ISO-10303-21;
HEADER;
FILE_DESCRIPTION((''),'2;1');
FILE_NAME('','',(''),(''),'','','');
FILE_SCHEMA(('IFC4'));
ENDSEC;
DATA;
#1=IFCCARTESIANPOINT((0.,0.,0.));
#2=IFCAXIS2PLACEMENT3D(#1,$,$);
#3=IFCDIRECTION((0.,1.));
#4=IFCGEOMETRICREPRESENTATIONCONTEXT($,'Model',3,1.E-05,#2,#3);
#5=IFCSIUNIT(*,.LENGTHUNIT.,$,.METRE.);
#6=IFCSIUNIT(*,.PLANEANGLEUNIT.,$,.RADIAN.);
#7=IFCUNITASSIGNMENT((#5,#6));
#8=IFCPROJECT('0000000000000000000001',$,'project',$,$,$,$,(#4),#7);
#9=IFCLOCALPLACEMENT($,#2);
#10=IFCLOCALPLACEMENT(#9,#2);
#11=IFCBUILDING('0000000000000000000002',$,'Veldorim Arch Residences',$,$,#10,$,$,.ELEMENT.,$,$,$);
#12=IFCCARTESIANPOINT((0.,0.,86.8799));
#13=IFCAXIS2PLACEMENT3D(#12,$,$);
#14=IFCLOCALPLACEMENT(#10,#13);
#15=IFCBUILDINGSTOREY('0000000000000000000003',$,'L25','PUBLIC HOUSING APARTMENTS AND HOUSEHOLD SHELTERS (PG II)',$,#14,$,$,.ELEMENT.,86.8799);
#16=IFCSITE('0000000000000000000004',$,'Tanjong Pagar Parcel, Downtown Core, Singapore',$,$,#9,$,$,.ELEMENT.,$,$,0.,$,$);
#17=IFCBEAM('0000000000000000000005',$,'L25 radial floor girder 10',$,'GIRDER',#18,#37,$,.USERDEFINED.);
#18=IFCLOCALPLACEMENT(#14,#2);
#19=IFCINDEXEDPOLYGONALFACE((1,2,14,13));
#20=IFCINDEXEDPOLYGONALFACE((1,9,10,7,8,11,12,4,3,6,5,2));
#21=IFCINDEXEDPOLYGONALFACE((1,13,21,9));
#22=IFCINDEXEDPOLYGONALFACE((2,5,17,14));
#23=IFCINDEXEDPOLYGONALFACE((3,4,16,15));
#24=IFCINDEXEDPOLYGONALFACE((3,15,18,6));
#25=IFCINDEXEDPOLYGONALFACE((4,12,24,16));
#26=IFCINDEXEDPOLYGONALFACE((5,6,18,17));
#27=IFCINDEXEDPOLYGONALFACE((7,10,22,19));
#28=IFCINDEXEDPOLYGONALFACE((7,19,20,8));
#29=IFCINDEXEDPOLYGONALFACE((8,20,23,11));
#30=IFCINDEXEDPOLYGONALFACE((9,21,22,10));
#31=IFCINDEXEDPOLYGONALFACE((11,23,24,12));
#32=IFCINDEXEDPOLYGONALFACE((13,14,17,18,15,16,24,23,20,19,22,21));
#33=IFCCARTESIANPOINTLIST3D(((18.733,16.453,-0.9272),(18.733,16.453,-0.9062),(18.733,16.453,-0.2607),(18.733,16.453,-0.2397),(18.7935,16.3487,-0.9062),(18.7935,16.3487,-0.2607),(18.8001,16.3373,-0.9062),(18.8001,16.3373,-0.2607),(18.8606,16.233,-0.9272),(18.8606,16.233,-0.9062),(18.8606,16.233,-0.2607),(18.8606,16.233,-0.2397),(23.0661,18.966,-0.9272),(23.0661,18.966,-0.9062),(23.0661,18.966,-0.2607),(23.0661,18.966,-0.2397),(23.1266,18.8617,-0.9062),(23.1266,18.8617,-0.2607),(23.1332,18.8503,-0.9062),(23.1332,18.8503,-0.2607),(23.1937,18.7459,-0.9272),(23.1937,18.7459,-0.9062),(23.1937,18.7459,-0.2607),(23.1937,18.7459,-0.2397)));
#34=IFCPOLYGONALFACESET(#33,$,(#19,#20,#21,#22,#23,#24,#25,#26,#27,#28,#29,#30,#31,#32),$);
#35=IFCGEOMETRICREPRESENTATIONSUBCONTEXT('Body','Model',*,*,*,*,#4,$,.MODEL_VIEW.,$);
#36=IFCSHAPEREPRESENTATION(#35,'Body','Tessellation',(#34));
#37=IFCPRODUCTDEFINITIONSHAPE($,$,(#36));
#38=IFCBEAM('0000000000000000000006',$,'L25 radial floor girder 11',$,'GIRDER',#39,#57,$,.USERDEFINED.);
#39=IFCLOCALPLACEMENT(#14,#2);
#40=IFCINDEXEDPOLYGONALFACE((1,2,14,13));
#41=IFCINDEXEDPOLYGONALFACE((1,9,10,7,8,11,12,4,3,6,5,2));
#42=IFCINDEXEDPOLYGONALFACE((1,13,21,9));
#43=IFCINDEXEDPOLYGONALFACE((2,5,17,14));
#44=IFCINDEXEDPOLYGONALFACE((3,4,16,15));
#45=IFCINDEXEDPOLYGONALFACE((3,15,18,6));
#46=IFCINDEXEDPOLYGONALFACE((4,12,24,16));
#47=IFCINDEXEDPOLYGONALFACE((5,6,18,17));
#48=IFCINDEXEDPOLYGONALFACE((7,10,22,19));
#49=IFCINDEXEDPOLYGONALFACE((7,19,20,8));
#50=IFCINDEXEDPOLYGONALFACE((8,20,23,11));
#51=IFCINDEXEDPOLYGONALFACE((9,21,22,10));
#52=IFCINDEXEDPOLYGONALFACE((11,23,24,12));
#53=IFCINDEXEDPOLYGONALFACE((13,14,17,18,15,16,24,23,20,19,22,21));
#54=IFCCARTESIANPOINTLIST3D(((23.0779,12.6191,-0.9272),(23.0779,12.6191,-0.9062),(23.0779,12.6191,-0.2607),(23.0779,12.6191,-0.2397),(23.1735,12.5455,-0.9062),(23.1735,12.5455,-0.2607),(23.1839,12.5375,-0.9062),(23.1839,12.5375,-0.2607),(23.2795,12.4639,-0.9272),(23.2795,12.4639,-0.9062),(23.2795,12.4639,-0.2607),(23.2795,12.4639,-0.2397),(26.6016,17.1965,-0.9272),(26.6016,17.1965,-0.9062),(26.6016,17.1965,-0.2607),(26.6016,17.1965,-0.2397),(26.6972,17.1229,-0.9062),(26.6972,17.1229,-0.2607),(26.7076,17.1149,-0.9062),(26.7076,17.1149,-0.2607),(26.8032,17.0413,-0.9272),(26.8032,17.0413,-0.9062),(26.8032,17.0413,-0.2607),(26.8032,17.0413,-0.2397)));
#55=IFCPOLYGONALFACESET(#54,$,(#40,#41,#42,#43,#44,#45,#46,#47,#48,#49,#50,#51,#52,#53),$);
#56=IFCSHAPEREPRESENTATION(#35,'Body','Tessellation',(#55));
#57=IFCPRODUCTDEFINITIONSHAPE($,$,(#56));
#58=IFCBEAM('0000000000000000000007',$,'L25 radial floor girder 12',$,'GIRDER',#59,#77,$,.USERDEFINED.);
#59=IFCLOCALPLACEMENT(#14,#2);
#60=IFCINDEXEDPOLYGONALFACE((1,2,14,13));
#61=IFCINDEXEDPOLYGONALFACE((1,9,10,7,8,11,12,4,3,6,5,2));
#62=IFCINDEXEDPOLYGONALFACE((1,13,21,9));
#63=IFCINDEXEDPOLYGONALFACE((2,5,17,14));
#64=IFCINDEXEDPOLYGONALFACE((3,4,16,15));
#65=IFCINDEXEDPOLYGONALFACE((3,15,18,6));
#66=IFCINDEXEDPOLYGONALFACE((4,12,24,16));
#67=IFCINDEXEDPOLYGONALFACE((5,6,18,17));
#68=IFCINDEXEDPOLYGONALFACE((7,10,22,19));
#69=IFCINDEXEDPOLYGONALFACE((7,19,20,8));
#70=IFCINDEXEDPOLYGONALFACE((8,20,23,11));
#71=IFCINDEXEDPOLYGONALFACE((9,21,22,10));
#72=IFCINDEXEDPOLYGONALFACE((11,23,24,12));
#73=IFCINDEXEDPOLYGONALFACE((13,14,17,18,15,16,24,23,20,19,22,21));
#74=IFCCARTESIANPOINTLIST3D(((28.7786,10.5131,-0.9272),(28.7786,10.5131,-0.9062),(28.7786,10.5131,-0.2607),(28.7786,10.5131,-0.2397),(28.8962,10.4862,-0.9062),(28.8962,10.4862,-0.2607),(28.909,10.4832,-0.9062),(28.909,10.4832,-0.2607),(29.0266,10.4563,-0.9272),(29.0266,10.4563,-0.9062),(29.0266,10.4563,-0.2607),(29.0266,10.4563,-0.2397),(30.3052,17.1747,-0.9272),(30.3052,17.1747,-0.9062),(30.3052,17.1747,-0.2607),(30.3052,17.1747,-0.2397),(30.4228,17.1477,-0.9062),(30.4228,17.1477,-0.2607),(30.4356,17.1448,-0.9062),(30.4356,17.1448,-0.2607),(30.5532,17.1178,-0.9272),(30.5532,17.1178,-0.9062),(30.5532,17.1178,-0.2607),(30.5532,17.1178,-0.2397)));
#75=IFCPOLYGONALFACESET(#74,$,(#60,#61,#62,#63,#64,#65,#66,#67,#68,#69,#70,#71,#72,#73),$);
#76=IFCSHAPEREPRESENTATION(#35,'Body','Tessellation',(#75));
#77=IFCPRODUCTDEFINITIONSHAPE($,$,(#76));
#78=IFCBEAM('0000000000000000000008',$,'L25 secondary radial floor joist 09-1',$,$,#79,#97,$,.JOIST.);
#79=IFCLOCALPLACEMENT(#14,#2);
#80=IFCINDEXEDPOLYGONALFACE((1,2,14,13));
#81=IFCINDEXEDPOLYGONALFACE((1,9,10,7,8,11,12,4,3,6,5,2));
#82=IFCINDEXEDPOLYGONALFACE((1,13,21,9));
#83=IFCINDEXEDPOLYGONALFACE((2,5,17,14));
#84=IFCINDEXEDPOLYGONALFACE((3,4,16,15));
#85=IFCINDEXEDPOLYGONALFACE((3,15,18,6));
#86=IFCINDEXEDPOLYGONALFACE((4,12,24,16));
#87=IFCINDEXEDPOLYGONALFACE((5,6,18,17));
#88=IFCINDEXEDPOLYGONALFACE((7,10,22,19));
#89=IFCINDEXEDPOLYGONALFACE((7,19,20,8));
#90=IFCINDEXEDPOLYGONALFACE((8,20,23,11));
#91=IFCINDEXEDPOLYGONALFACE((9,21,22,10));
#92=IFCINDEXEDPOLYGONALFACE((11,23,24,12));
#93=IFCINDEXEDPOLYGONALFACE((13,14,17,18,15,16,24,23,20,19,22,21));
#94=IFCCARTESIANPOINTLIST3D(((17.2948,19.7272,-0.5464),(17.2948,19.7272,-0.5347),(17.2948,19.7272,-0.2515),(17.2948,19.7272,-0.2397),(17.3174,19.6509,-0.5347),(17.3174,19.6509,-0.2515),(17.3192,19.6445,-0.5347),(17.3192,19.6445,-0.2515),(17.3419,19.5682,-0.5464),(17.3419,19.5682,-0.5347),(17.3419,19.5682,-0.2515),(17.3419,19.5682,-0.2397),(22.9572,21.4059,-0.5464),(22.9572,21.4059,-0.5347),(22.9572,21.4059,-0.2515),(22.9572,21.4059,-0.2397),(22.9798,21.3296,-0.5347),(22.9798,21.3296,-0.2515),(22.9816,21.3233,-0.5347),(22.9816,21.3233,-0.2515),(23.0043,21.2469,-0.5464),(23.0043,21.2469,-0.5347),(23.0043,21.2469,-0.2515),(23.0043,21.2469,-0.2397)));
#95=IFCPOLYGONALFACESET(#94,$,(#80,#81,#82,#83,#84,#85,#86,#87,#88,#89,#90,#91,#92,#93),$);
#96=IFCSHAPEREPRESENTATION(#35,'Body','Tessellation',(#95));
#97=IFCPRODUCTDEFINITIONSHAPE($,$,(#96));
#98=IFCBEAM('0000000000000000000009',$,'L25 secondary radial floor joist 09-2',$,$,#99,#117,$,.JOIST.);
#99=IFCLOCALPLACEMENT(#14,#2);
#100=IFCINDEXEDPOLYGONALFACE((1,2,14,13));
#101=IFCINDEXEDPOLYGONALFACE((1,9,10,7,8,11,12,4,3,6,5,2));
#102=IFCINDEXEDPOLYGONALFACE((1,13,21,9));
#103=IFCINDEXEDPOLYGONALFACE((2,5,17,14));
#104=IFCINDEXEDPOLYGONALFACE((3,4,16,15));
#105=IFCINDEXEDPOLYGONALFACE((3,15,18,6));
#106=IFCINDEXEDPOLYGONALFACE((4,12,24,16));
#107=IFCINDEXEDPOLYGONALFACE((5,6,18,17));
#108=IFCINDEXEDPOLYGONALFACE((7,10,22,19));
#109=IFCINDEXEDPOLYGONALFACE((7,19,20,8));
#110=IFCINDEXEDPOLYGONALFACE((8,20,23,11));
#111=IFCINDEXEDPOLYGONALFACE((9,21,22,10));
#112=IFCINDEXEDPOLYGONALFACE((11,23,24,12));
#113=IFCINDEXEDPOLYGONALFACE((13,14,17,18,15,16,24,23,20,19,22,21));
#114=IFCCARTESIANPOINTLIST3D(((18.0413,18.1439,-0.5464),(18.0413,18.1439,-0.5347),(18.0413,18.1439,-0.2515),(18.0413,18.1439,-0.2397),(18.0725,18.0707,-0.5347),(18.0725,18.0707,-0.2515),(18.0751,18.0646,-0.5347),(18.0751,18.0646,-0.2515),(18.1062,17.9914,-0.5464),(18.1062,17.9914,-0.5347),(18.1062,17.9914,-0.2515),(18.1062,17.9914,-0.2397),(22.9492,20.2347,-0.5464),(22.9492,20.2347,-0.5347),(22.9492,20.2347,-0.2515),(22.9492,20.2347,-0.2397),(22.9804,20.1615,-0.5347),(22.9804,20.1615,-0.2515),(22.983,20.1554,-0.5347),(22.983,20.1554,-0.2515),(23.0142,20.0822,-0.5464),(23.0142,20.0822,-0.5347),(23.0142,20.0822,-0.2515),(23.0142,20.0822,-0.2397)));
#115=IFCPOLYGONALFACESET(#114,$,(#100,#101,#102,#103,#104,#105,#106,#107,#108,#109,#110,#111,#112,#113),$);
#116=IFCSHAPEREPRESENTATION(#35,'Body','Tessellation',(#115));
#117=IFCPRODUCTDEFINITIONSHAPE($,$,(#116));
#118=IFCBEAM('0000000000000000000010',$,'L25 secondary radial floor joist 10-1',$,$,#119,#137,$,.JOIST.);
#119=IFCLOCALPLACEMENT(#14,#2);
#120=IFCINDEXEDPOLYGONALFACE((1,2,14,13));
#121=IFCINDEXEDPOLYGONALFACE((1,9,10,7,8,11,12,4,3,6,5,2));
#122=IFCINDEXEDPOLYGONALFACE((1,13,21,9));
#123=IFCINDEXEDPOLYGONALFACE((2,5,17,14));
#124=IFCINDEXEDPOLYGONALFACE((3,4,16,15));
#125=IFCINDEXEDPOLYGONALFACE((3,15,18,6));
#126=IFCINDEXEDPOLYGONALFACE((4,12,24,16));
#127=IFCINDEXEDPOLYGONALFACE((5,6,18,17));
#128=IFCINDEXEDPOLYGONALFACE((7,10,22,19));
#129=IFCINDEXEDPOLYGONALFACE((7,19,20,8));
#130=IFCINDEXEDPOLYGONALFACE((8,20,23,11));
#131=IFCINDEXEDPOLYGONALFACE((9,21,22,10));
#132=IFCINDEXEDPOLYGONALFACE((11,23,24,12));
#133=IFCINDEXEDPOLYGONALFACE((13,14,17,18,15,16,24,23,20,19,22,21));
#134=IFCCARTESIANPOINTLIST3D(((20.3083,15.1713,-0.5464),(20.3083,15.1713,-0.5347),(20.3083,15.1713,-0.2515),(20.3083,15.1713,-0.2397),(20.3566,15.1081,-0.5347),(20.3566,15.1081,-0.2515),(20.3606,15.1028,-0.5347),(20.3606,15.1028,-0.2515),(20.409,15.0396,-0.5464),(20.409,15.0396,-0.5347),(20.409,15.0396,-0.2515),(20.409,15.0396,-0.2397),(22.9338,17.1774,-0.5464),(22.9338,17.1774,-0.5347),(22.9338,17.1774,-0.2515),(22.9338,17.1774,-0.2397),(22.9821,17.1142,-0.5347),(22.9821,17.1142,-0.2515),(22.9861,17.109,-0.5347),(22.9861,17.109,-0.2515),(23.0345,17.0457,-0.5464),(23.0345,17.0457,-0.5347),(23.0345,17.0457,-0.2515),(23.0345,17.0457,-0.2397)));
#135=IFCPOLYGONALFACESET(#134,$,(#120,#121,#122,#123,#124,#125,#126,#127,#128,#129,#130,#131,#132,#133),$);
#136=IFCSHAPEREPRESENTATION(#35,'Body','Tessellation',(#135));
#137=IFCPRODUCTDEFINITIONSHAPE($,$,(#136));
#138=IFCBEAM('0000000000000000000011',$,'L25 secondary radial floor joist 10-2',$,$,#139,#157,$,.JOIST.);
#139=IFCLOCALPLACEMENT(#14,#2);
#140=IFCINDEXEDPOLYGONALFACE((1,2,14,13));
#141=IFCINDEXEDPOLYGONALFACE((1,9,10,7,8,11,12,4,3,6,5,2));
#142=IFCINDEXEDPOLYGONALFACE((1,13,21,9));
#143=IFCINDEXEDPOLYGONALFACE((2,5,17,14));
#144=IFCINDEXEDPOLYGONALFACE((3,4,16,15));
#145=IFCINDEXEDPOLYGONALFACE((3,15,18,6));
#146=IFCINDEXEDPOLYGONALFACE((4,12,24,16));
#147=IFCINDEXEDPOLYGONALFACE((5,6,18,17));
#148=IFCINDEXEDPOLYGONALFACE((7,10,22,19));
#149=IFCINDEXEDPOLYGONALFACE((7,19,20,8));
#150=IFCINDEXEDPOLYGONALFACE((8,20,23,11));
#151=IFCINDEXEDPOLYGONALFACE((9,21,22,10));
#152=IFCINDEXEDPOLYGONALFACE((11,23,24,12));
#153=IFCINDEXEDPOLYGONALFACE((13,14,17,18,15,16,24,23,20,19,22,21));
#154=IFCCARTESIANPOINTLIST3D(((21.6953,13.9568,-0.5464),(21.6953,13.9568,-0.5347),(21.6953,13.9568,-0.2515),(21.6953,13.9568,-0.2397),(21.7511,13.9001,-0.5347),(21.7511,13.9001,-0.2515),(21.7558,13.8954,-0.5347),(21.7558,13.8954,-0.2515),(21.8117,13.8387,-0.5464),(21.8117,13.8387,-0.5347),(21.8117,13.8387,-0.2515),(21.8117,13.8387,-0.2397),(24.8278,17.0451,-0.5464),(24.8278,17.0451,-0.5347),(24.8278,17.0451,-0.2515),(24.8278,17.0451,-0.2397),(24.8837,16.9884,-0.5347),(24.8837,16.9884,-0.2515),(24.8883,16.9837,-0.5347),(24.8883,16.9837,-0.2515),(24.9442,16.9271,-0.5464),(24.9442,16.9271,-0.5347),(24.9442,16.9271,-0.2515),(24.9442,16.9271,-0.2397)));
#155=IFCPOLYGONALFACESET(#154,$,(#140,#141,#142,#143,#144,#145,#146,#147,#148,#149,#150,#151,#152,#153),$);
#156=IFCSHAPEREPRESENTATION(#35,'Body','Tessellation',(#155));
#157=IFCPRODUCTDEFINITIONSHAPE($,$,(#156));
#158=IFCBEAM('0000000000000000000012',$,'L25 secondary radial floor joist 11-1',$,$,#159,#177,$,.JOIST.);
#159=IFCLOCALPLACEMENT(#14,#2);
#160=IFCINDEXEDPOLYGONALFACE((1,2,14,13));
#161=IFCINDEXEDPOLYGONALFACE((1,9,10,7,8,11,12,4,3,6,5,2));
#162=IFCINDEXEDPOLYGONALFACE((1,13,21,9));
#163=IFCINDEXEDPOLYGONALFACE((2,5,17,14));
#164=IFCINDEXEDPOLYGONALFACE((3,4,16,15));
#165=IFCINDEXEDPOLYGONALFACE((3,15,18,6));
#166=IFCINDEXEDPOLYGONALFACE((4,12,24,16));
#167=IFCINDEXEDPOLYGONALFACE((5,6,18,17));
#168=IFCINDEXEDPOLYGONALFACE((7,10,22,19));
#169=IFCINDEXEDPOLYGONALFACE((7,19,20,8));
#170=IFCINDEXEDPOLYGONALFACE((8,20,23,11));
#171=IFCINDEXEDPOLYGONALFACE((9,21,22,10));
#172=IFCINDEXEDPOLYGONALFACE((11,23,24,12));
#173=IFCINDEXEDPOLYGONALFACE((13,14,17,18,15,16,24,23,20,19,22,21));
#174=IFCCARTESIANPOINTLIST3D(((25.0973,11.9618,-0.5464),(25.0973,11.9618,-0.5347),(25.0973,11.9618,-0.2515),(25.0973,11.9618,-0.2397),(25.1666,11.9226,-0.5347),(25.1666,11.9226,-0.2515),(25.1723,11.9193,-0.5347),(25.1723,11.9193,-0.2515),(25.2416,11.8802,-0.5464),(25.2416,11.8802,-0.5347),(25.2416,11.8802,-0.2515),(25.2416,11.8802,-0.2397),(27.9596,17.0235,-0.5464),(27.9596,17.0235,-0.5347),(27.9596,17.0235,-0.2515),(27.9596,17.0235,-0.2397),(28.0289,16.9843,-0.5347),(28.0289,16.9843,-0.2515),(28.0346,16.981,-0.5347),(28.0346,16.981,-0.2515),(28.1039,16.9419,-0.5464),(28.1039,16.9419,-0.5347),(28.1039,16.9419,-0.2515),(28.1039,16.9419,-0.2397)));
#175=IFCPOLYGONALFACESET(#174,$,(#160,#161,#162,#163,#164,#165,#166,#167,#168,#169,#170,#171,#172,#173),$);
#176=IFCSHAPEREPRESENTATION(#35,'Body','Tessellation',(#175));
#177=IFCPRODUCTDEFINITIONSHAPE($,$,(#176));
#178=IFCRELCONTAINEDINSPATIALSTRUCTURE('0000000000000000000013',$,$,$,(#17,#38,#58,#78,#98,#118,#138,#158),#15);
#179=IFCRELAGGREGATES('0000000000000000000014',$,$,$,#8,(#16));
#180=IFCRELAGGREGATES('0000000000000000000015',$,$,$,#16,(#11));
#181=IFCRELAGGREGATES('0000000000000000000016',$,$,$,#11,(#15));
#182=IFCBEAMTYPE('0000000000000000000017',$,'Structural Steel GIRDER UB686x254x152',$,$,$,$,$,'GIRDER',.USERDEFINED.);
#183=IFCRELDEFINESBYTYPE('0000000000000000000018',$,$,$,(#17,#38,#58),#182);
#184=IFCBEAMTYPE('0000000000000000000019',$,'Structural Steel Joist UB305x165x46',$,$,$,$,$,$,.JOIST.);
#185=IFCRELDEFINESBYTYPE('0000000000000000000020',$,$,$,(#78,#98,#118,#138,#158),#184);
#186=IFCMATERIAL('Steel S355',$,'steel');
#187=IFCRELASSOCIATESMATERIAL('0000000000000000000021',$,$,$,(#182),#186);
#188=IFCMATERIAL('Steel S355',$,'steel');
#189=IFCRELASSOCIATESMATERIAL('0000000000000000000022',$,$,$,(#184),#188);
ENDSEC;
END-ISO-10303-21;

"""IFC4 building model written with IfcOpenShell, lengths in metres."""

from ifc_helpers import new_model, si_unit, direction, frame, origin, origin_2d, place, context, subcontext, project, spatial, i_section, extrude, material, material_profile, profile_set, type_object, element, save


model = new_model("IFC4")

# Units and contexts
model_context = context("Model", 3, precision=1e-05, world=origin(), true_north=direction((0.0, 1.0)))
body_context = subcontext(model_context, "Body", "Model", "MODEL_VIEW")
ifc_project = project(units=[si_unit("LENGTHUNIT", "METRE"), si_unit("PLANEANGLEUNIT", "RADIAN")], contexts=[model_context])

# Site, building, storey
site_placement = place(None, origin())
site = spatial("IfcSite", under=ifc_project, at=site_placement, Name="Tanjong Pagar Parcel, Downtown Core, Singapore", CompositionType="ELEMENT", RefElevation=0.0)
building_placement = place(site_placement, origin())
building = spatial("IfcBuilding", under=site, at=building_placement, Name="Veldorim Arch Residences", CompositionType="ELEMENT")
storey_placement = place(building_placement, frame((0.0, 0.0, 86.8799)))
storey = spatial("IfcBuildingStorey", under=building, at=storey_placement, Name="L25", Description="PUBLIC HOUSING APARTMENTS AND HOUSEHOLD SHELTERS (PG II)", CompositionType="ELEMENT", Elevation=86.8799)

# Beams
ifc_material_1 = material(Name="Steel S355", Category="steel")
ifc_material_profile_1 = material_profile(ifc_material_1, i_section(OverallWidth=0.2544, OverallDepth=0.6875, WebThickness=0.0132, FlangeThickness=0.021, at=origin_2d()), Name="UB686x254x152")
ifc_profile_set_1 = profile_set([ifc_material_profile_1], Name="Steel S355")
beam_type_1 = type_object("IfcBeamType", Name="Structural Steel GIRDER UB686x254x152", ElementType="GIRDER", PredefinedType="USERDEFINED", material=ifc_profile_set_1)
beam_1_placement = place(storey_placement, frame((23.1299, 18.856, -0.5835), z_axis=(-0.865049, -0.501687, 0.0), x_axis=(0.501687, -0.865049, 0.0)))
element("IfcBeam", 1, at=beam_1_placement, inside=storey, type_object=beam_type_1, Name="L25 radial floor girder 10", ObjectType="GIRDER", PredefinedType="USERDEFINED", context=body_context, shape_type="SweptSolid", body=[
    extrude(i_section(OverallWidth=0.2544, OverallDepth=0.6875, WebThickness=0.0132, FlangeThickness=0.021, at=origin_2d()), origin(), (0.0, 0.0, 1.0), 5.009),
])
beam_2_placement = place(storey_placement, frame((26.7024, 17.1189, -0.5835), z_axis=(-0.609995, -0.792406, 0.0), x_axis=(0.792406, -0.609995, 0.0)))
element("IfcBeam", 2, at=beam_2_placement, inside=storey, type_object=beam_type_1, Name="L25 radial floor girder 11", ObjectType="GIRDER", PredefinedType="USERDEFINED", context=body_context, shape_type="SweptSolid", body=[
    extrude(i_section(OverallWidth=0.2544, OverallDepth=0.6875, WebThickness=0.0132, FlangeThickness=0.021, at=origin_2d()), origin(), (0.0, 0.0, 1.0), 5.7766),
])
beam_3_placement = place(storey_placement, frame((30.4292, 17.1462, -0.5835), z_axis=(-0.223375, -0.974733, 0.0), x_axis=(0.974733, -0.223375, 0.0)))
element("IfcBeam", 3, at=beam_3_placement, inside=storey, type_object=beam_type_1, Name="L25 radial floor girder 12", ObjectType="GIRDER", PredefinedType="USERDEFINED", context=body_context, shape_type="SweptSolid", body=[
    extrude(i_section(OverallWidth=0.2544, OverallDepth=0.6875, WebThickness=0.0132, FlangeThickness=0.021, at=origin_2d()), origin(), (0.0, 0.0, 1.0), 6.8342),
])
ifc_material_2 = material(Name="Steel S355", Category="steel")
ifc_material_profile_2 = material_profile(ifc_material_2, i_section(OverallWidth=0.1658, OverallDepth=0.3066, WebThickness=0.0066, FlangeThickness=0.0117, at=origin_2d()), Name="UB305x165x46")
ifc_profile_set_2 = profile_set([ifc_material_profile_2], Name="Steel S355")
beam_type_2 = type_object("IfcBeamType", Name="Structural Steel Joist UB305x165x46", PredefinedType="JOIST", material=ifc_profile_set_2)
beam_4_placement = place(storey_placement, frame((22.9807, 21.3264, -0.3931), z_axis=(-0.958753, -0.28424, 0.0), x_axis=(0.28424, -0.958753, 0.0)))
element("IfcBeam", 4, at=beam_4_placement, inside=storey, type_object=beam_type_2, Name="L25 secondary radial floor joist 09-1", PredefinedType="JOIST", context=body_context, shape_type="SweptSolid", body=[
    extrude(i_section(OverallWidth=0.1658, OverallDepth=0.3066, WebThickness=0.0066, FlangeThickness=0.0117, at=origin_2d()), origin(), (0.0, 0.0, 1.0), 5.906),
])
beam_5_placement = place(storey_placement, frame((22.9817, 20.1584, -0.3931), z_axis=(-0.919997, -0.391924, 0.0), x_axis=(0.391924, -0.919997, 0.0)))
element("IfcBeam", 5, at=beam_5_placement, inside=storey, type_object=beam_type_2, Name="L25 secondary radial floor joist 09-2", PredefinedType="JOIST", context=body_context, shape_type="SweptSolid", body=[
    extrude(i_section(OverallWidth=0.1658, OverallDepth=0.3066, WebThickness=0.0066, FlangeThickness=0.0117, at=origin_2d()), origin(), (0.0, 0.0, 1.0), 5.3347),
])
beam_6_placement = place(storey_placement, frame((22.9841, 17.1116, -0.3931), z_axis=(-0.794595, -0.60714, 0.0), x_axis=(0.60714, -0.794595, 0.0)))
element("IfcBeam", 6, at=beam_6_placement, inside=storey, type_object=beam_type_2, Name="L25 secondary radial floor joist 10-1", PredefinedType="JOIST", context=body_context, shape_type="SweptSolid", body=[
    extrude(i_section(OverallWidth=0.1658, OverallDepth=0.3066, WebThickness=0.0066, FlangeThickness=0.0117, at=origin_2d()), origin(), (0.0, 0.0, 1.0), 3.3042),
])
beam_7_placement = place(storey_placement, frame((24.886, 16.9861, -0.3931), z_axis=(-0.712112, -0.702066, 0.0), x_axis=(0.702066, -0.712112, 0.0)))
element("IfcBeam", 7, at=beam_7_placement, inside=storey, type_object=beam_type_2, Name="L25 secondary radial floor joist 10-2", PredefinedType="JOIST", context=body_context, shape_type="SweptSolid", body=[
    extrude(i_section(OverallWidth=0.1658, OverallDepth=0.3066, WebThickness=0.0066, FlangeThickness=0.0117, at=origin_2d()), origin(), (0.0, 0.0, 1.0), 4.3989),
])
beam_8_placement = place(storey_placement, frame((28.0317, 16.9827, -0.3931), z_axis=(-0.492227, -0.870467, 0.0), x_axis=(0.870467, -0.492227, 0.0)))
element("IfcBeam", 8, at=beam_8_placement, inside=storey, type_object=beam_type_2, Name="L25 secondary radial floor joist 11-1", PredefinedType="JOIST", context=body_context, shape_type="SweptSolid", body=[
    extrude(i_section(OverallWidth=0.1658, OverallDepth=0.3066, WebThickness=0.0066, FlangeThickness=0.0117, at=origin_2d()), origin(), (0.0, 0.0, 1.0), 5.8149),
])

save(model, "model.ifc")
